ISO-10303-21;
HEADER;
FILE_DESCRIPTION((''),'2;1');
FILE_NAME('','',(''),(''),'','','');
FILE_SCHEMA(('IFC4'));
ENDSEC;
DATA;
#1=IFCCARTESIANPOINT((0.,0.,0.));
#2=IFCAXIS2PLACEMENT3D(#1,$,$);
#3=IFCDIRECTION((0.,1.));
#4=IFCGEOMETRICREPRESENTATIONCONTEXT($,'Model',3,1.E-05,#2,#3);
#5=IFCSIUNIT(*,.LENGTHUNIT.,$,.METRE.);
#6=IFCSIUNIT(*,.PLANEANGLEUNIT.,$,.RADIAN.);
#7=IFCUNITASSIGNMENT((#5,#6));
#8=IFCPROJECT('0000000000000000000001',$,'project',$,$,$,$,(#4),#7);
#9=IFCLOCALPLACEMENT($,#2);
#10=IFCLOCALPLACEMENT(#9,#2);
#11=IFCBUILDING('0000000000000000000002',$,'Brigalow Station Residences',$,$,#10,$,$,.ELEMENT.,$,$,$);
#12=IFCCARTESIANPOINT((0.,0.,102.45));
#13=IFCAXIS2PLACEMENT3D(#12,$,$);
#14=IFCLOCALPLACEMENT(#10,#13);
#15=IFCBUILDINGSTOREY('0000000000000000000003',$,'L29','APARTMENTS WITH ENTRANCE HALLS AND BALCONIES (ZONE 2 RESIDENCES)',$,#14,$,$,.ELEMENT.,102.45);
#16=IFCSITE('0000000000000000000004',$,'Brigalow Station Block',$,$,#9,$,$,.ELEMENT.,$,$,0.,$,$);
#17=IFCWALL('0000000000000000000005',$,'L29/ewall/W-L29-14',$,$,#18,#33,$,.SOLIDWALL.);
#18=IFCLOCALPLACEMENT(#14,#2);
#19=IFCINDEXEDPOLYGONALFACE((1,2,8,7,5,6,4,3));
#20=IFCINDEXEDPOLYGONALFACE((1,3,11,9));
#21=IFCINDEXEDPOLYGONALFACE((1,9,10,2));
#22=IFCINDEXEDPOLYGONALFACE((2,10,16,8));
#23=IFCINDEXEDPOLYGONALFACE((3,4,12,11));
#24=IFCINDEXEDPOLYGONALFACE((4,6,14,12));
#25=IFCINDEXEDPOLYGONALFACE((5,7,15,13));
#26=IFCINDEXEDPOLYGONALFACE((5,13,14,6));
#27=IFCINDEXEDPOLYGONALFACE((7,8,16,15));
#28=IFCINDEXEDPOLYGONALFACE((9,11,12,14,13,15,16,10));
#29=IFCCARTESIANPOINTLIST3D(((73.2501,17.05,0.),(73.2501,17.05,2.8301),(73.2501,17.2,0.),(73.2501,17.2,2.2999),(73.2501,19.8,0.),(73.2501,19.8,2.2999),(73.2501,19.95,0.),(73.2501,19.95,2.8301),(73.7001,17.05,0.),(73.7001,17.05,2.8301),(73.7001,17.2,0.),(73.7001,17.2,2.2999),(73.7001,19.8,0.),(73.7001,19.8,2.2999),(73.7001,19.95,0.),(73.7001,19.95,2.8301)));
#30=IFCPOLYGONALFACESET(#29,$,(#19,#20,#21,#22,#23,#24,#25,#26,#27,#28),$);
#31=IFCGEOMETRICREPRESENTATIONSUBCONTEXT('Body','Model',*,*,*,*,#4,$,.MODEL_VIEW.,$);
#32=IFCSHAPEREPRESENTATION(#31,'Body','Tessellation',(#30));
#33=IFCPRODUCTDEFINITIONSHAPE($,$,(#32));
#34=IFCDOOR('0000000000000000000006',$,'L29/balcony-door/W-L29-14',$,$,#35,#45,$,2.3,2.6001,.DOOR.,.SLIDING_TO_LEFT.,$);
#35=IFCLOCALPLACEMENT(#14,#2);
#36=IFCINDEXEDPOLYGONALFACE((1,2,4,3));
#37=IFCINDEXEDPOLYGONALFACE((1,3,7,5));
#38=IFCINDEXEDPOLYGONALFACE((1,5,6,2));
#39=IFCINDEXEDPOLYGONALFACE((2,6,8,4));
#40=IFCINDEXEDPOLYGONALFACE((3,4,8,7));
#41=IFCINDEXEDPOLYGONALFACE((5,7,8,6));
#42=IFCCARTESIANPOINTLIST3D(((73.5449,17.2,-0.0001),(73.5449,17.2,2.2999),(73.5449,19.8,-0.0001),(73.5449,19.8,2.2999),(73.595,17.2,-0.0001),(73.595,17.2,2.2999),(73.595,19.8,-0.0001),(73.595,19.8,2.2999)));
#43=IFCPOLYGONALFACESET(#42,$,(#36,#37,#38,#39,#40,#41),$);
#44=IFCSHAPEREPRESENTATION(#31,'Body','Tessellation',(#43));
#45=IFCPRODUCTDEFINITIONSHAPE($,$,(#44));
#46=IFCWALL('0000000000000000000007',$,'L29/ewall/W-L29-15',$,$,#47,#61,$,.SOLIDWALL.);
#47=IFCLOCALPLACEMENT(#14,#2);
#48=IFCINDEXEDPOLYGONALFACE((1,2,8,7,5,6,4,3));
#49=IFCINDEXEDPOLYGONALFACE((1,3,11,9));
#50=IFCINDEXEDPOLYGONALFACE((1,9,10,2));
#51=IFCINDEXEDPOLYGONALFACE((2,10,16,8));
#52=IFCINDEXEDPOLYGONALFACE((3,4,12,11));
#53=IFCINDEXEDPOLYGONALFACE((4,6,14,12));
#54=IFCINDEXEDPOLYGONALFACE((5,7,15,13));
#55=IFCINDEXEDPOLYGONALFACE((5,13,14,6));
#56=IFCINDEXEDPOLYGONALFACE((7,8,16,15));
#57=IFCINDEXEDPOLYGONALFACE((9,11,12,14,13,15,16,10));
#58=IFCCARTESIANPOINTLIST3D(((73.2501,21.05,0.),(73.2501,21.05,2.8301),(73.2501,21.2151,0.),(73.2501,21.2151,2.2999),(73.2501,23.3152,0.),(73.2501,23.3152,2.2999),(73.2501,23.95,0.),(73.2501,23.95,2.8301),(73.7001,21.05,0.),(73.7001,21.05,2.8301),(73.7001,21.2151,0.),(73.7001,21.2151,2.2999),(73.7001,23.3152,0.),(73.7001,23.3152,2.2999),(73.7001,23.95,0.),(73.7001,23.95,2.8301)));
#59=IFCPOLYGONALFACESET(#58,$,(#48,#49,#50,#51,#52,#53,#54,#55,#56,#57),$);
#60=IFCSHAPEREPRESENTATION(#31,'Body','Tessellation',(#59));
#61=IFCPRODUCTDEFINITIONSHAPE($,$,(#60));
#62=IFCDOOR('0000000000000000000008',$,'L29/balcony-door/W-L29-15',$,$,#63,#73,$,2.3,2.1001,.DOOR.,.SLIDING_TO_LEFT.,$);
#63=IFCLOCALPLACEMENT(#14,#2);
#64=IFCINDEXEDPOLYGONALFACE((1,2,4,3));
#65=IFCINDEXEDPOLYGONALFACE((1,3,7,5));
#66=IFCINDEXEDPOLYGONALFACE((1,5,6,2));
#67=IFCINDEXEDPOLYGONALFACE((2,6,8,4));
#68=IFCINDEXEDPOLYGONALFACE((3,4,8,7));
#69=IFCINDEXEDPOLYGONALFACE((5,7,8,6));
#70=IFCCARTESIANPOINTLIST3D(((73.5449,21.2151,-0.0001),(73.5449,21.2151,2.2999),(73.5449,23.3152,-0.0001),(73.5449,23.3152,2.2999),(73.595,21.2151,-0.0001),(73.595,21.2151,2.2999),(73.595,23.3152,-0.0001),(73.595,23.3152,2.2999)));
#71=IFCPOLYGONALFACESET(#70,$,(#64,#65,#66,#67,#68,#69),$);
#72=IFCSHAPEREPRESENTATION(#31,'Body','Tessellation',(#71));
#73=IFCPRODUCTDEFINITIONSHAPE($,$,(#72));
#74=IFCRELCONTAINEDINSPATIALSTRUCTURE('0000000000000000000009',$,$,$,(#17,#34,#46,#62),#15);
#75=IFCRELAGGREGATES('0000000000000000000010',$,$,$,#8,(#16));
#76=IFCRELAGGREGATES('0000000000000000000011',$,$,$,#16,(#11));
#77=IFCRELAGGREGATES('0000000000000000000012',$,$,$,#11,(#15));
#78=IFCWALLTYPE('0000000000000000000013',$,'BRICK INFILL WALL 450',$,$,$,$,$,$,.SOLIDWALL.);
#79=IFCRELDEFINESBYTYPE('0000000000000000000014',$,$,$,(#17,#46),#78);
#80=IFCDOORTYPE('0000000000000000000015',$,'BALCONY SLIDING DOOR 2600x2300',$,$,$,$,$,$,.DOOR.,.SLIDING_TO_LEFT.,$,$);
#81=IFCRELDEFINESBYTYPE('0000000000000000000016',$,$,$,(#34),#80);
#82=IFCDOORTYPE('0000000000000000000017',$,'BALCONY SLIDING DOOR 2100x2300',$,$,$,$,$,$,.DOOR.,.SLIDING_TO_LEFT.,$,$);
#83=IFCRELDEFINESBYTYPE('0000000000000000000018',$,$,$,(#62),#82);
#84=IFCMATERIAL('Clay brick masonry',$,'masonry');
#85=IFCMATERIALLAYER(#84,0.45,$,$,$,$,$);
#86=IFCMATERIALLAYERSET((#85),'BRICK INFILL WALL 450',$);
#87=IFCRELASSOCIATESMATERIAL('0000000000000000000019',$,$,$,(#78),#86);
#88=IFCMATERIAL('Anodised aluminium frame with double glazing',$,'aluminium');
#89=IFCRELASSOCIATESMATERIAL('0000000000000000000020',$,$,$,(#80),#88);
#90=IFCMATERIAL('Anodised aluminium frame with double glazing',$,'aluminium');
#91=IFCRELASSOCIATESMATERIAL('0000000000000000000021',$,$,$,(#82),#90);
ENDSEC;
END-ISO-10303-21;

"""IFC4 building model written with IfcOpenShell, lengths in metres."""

from ifc_helpers import new_model, si_unit, direction, frame, frame_2d, origin, place, context, subcontext, project, spatial, rectangle, extrude, material, layer, layer_set, type_object, element, fill, save


model = new_model("IFC4")

# Units and contexts
model_context = context("Model", 3, precision=1e-05, world=origin(), true_north=direction((0.0, 1.0)))
body_context = subcontext(model_context, "Body", "Model", "MODEL_VIEW")
ifc_project = project(units=[si_unit("LENGTHUNIT", "METRE"), si_unit("PLANEANGLEUNIT", "RADIAN")], contexts=[model_context])

# Site, building, storey
site_placement = place(None, origin())
site = spatial("IfcSite", under=ifc_project, at=site_placement, Name="Brigalow Station Block", CompositionType="ELEMENT", RefElevation=0.0)
building_placement = place(site_placement, origin())
building = spatial("IfcBuilding", under=site, at=building_placement, Name="Brigalow Station Residences", CompositionType="ELEMENT")
storey_placement = place(building_placement, frame((0.0, 0.0, 102.45)))
storey = spatial("IfcBuildingStorey", under=building, at=storey_placement, Name="L29", Description="APARTMENTS WITH ENTRANCE HALLS AND BALCONIES (ZONE 2 RESIDENCES)", CompositionType="ELEMENT", Elevation=102.45)

# Shared definitions
ifc_material_1 = material(Name="Clay brick masonry", Category="masonry")
ifc_layer = layer(ifc_material_1, 0.45)
ifc_layer_set = layer_set([ifc_layer], Name="BRICK INFILL WALL 450")
wall_type = type_object("IfcWallType", Name="BRICK INFILL WALL 450", PredefinedType="SOLIDWALL", material=ifc_layer_set)

# Walls, openings, doors
wall_1_placement = place(storey_placement, frame((73.4751, 17.05, 0.0), z_axis=(0.0, 0.0, 1.0), x_axis=(0.0, 1.0, 0.0)))
wall_1 = element("IfcWall", 1, at=wall_1_placement, inside=storey, type_object=wall_type, Name="L29/ewall/W-L29-14", PredefinedType="SOLIDWALL", context=body_context, shape_type="SweptSolid", body=[
    extrude(rectangle(XDim=2.8999, YDim=0.45, at=frame_2d((1.45, 0.0))), origin(), (0.0, 0.0, 1.0), 2.8301),
])
opening_1_placement = place(wall_1_placement, frame((0.1499, 0.0, 0.0)))
opening_1 = element("IfcOpeningElement", 2, at=opening_1_placement, cuts=wall_1, PredefinedType="OPENING", context=body_context, shape_type="SweptSolid", body=[
    extrude(rectangle(XDim=2.6001, YDim=2.3, at=frame_2d((1.3, 1.1499))), frame((0.0, 0.2349, 0.0), z_axis=(0.0, -1.0, 0.0), x_axis=(1.0, 0.0, 0.0)), (0.0, 0.0, 1.0), 0.47),
])
ifc_material_2 = material(Name="Anodised aluminium frame with double glazing", Category="aluminium")
door_type_1 = type_object("IfcDoorType", Name="BALCONY SLIDING DOOR 2600x2300", OperationType="SLIDING_TO_LEFT", PredefinedType="DOOR", material=ifc_material_2)
door_1_placement = place(opening_1_placement, origin())
door_1 = element("IfcDoor", 3, at=door_1_placement, inside=storey, type_object=door_type_1, Name="L29/balcony-door/W-L29-14", OperationType="SLIDING_TO_LEFT", OverallHeight=2.3, OverallWidth=2.6001, PredefinedType="DOOR", context=body_context, shape_type="SweptSolid", body=[
    extrude(rectangle(XDim=2.6001, YDim=2.3, at=frame_2d((1.3, 1.1499))), frame((0.0, -0.0698, 0.0), z_axis=(0.0, -1.0, 0.0), x_axis=(1.0, 0.0, 0.0)), (0.0, 0.0, 1.0), 0.05),
])
fill(opening_1, door_1)
wall_2_placement = place(storey_placement, frame((73.4751, 21.05, 0.0), z_axis=(0.0, 0.0, 1.0), x_axis=(0.0, 1.0, 0.0)))
wall_2 = element("IfcWall", 4, at=wall_2_placement, inside=storey, type_object=wall_type, Name="L29/ewall/W-L29-15", PredefinedType="SOLIDWALL", context=body_context, shape_type="SweptSolid", body=[
    extrude(rectangle(XDim=2.8999, YDim=0.45, at=frame_2d((1.45, 0.0))), origin(), (0.0, 0.0, 1.0), 2.8301),
])
opening_2_placement = place(wall_2_placement, frame((0.165, 0.0, 0.0)))
opening_2 = element("IfcOpeningElement", 5, at=opening_2_placement, cuts=wall_2, PredefinedType="OPENING", context=body_context, shape_type="SweptSolid", body=[
    extrude(rectangle(XDim=2.1001, YDim=2.3, at=frame_2d((1.05, 1.1499))), frame((0.0, 0.2349, 0.0), z_axis=(0.0, -1.0, 0.0), x_axis=(1.0, 0.0, 0.0)), (0.0, 0.0, 1.0), 0.47),
])
ifc_material_3 = material(Name="Anodised aluminium frame with double glazing", Category="aluminium")
door_type_2 = type_object("IfcDoorType", Name="BALCONY SLIDING DOOR 2100x2300", OperationType="SLIDING_TO_LEFT", PredefinedType="DOOR", material=ifc_material_3)
door_2_placement = place(opening_2_placement, origin())
door_2 = element("IfcDoor", 6, at=door_2_placement, inside=storey, type_object=door_type_2, Name="L29/balcony-door/W-L29-15", OperationType="SLIDING_TO_LEFT", OverallHeight=2.3, OverallWidth=2.1001, PredefinedType="DOOR", context=body_context, shape_type="SweptSolid", body=[
    extrude(rectangle(XDim=2.1001, YDim=2.3, at=frame_2d((1.05, 1.1499))), frame((0.0, -0.0698, 0.0), z_axis=(0.0, -1.0, 0.0), x_axis=(1.0, 0.0, 0.0)), (0.0, 0.0, 1.0), 0.05),
])
fill(opening_2, door_2)

save(model, "model.ifc")
